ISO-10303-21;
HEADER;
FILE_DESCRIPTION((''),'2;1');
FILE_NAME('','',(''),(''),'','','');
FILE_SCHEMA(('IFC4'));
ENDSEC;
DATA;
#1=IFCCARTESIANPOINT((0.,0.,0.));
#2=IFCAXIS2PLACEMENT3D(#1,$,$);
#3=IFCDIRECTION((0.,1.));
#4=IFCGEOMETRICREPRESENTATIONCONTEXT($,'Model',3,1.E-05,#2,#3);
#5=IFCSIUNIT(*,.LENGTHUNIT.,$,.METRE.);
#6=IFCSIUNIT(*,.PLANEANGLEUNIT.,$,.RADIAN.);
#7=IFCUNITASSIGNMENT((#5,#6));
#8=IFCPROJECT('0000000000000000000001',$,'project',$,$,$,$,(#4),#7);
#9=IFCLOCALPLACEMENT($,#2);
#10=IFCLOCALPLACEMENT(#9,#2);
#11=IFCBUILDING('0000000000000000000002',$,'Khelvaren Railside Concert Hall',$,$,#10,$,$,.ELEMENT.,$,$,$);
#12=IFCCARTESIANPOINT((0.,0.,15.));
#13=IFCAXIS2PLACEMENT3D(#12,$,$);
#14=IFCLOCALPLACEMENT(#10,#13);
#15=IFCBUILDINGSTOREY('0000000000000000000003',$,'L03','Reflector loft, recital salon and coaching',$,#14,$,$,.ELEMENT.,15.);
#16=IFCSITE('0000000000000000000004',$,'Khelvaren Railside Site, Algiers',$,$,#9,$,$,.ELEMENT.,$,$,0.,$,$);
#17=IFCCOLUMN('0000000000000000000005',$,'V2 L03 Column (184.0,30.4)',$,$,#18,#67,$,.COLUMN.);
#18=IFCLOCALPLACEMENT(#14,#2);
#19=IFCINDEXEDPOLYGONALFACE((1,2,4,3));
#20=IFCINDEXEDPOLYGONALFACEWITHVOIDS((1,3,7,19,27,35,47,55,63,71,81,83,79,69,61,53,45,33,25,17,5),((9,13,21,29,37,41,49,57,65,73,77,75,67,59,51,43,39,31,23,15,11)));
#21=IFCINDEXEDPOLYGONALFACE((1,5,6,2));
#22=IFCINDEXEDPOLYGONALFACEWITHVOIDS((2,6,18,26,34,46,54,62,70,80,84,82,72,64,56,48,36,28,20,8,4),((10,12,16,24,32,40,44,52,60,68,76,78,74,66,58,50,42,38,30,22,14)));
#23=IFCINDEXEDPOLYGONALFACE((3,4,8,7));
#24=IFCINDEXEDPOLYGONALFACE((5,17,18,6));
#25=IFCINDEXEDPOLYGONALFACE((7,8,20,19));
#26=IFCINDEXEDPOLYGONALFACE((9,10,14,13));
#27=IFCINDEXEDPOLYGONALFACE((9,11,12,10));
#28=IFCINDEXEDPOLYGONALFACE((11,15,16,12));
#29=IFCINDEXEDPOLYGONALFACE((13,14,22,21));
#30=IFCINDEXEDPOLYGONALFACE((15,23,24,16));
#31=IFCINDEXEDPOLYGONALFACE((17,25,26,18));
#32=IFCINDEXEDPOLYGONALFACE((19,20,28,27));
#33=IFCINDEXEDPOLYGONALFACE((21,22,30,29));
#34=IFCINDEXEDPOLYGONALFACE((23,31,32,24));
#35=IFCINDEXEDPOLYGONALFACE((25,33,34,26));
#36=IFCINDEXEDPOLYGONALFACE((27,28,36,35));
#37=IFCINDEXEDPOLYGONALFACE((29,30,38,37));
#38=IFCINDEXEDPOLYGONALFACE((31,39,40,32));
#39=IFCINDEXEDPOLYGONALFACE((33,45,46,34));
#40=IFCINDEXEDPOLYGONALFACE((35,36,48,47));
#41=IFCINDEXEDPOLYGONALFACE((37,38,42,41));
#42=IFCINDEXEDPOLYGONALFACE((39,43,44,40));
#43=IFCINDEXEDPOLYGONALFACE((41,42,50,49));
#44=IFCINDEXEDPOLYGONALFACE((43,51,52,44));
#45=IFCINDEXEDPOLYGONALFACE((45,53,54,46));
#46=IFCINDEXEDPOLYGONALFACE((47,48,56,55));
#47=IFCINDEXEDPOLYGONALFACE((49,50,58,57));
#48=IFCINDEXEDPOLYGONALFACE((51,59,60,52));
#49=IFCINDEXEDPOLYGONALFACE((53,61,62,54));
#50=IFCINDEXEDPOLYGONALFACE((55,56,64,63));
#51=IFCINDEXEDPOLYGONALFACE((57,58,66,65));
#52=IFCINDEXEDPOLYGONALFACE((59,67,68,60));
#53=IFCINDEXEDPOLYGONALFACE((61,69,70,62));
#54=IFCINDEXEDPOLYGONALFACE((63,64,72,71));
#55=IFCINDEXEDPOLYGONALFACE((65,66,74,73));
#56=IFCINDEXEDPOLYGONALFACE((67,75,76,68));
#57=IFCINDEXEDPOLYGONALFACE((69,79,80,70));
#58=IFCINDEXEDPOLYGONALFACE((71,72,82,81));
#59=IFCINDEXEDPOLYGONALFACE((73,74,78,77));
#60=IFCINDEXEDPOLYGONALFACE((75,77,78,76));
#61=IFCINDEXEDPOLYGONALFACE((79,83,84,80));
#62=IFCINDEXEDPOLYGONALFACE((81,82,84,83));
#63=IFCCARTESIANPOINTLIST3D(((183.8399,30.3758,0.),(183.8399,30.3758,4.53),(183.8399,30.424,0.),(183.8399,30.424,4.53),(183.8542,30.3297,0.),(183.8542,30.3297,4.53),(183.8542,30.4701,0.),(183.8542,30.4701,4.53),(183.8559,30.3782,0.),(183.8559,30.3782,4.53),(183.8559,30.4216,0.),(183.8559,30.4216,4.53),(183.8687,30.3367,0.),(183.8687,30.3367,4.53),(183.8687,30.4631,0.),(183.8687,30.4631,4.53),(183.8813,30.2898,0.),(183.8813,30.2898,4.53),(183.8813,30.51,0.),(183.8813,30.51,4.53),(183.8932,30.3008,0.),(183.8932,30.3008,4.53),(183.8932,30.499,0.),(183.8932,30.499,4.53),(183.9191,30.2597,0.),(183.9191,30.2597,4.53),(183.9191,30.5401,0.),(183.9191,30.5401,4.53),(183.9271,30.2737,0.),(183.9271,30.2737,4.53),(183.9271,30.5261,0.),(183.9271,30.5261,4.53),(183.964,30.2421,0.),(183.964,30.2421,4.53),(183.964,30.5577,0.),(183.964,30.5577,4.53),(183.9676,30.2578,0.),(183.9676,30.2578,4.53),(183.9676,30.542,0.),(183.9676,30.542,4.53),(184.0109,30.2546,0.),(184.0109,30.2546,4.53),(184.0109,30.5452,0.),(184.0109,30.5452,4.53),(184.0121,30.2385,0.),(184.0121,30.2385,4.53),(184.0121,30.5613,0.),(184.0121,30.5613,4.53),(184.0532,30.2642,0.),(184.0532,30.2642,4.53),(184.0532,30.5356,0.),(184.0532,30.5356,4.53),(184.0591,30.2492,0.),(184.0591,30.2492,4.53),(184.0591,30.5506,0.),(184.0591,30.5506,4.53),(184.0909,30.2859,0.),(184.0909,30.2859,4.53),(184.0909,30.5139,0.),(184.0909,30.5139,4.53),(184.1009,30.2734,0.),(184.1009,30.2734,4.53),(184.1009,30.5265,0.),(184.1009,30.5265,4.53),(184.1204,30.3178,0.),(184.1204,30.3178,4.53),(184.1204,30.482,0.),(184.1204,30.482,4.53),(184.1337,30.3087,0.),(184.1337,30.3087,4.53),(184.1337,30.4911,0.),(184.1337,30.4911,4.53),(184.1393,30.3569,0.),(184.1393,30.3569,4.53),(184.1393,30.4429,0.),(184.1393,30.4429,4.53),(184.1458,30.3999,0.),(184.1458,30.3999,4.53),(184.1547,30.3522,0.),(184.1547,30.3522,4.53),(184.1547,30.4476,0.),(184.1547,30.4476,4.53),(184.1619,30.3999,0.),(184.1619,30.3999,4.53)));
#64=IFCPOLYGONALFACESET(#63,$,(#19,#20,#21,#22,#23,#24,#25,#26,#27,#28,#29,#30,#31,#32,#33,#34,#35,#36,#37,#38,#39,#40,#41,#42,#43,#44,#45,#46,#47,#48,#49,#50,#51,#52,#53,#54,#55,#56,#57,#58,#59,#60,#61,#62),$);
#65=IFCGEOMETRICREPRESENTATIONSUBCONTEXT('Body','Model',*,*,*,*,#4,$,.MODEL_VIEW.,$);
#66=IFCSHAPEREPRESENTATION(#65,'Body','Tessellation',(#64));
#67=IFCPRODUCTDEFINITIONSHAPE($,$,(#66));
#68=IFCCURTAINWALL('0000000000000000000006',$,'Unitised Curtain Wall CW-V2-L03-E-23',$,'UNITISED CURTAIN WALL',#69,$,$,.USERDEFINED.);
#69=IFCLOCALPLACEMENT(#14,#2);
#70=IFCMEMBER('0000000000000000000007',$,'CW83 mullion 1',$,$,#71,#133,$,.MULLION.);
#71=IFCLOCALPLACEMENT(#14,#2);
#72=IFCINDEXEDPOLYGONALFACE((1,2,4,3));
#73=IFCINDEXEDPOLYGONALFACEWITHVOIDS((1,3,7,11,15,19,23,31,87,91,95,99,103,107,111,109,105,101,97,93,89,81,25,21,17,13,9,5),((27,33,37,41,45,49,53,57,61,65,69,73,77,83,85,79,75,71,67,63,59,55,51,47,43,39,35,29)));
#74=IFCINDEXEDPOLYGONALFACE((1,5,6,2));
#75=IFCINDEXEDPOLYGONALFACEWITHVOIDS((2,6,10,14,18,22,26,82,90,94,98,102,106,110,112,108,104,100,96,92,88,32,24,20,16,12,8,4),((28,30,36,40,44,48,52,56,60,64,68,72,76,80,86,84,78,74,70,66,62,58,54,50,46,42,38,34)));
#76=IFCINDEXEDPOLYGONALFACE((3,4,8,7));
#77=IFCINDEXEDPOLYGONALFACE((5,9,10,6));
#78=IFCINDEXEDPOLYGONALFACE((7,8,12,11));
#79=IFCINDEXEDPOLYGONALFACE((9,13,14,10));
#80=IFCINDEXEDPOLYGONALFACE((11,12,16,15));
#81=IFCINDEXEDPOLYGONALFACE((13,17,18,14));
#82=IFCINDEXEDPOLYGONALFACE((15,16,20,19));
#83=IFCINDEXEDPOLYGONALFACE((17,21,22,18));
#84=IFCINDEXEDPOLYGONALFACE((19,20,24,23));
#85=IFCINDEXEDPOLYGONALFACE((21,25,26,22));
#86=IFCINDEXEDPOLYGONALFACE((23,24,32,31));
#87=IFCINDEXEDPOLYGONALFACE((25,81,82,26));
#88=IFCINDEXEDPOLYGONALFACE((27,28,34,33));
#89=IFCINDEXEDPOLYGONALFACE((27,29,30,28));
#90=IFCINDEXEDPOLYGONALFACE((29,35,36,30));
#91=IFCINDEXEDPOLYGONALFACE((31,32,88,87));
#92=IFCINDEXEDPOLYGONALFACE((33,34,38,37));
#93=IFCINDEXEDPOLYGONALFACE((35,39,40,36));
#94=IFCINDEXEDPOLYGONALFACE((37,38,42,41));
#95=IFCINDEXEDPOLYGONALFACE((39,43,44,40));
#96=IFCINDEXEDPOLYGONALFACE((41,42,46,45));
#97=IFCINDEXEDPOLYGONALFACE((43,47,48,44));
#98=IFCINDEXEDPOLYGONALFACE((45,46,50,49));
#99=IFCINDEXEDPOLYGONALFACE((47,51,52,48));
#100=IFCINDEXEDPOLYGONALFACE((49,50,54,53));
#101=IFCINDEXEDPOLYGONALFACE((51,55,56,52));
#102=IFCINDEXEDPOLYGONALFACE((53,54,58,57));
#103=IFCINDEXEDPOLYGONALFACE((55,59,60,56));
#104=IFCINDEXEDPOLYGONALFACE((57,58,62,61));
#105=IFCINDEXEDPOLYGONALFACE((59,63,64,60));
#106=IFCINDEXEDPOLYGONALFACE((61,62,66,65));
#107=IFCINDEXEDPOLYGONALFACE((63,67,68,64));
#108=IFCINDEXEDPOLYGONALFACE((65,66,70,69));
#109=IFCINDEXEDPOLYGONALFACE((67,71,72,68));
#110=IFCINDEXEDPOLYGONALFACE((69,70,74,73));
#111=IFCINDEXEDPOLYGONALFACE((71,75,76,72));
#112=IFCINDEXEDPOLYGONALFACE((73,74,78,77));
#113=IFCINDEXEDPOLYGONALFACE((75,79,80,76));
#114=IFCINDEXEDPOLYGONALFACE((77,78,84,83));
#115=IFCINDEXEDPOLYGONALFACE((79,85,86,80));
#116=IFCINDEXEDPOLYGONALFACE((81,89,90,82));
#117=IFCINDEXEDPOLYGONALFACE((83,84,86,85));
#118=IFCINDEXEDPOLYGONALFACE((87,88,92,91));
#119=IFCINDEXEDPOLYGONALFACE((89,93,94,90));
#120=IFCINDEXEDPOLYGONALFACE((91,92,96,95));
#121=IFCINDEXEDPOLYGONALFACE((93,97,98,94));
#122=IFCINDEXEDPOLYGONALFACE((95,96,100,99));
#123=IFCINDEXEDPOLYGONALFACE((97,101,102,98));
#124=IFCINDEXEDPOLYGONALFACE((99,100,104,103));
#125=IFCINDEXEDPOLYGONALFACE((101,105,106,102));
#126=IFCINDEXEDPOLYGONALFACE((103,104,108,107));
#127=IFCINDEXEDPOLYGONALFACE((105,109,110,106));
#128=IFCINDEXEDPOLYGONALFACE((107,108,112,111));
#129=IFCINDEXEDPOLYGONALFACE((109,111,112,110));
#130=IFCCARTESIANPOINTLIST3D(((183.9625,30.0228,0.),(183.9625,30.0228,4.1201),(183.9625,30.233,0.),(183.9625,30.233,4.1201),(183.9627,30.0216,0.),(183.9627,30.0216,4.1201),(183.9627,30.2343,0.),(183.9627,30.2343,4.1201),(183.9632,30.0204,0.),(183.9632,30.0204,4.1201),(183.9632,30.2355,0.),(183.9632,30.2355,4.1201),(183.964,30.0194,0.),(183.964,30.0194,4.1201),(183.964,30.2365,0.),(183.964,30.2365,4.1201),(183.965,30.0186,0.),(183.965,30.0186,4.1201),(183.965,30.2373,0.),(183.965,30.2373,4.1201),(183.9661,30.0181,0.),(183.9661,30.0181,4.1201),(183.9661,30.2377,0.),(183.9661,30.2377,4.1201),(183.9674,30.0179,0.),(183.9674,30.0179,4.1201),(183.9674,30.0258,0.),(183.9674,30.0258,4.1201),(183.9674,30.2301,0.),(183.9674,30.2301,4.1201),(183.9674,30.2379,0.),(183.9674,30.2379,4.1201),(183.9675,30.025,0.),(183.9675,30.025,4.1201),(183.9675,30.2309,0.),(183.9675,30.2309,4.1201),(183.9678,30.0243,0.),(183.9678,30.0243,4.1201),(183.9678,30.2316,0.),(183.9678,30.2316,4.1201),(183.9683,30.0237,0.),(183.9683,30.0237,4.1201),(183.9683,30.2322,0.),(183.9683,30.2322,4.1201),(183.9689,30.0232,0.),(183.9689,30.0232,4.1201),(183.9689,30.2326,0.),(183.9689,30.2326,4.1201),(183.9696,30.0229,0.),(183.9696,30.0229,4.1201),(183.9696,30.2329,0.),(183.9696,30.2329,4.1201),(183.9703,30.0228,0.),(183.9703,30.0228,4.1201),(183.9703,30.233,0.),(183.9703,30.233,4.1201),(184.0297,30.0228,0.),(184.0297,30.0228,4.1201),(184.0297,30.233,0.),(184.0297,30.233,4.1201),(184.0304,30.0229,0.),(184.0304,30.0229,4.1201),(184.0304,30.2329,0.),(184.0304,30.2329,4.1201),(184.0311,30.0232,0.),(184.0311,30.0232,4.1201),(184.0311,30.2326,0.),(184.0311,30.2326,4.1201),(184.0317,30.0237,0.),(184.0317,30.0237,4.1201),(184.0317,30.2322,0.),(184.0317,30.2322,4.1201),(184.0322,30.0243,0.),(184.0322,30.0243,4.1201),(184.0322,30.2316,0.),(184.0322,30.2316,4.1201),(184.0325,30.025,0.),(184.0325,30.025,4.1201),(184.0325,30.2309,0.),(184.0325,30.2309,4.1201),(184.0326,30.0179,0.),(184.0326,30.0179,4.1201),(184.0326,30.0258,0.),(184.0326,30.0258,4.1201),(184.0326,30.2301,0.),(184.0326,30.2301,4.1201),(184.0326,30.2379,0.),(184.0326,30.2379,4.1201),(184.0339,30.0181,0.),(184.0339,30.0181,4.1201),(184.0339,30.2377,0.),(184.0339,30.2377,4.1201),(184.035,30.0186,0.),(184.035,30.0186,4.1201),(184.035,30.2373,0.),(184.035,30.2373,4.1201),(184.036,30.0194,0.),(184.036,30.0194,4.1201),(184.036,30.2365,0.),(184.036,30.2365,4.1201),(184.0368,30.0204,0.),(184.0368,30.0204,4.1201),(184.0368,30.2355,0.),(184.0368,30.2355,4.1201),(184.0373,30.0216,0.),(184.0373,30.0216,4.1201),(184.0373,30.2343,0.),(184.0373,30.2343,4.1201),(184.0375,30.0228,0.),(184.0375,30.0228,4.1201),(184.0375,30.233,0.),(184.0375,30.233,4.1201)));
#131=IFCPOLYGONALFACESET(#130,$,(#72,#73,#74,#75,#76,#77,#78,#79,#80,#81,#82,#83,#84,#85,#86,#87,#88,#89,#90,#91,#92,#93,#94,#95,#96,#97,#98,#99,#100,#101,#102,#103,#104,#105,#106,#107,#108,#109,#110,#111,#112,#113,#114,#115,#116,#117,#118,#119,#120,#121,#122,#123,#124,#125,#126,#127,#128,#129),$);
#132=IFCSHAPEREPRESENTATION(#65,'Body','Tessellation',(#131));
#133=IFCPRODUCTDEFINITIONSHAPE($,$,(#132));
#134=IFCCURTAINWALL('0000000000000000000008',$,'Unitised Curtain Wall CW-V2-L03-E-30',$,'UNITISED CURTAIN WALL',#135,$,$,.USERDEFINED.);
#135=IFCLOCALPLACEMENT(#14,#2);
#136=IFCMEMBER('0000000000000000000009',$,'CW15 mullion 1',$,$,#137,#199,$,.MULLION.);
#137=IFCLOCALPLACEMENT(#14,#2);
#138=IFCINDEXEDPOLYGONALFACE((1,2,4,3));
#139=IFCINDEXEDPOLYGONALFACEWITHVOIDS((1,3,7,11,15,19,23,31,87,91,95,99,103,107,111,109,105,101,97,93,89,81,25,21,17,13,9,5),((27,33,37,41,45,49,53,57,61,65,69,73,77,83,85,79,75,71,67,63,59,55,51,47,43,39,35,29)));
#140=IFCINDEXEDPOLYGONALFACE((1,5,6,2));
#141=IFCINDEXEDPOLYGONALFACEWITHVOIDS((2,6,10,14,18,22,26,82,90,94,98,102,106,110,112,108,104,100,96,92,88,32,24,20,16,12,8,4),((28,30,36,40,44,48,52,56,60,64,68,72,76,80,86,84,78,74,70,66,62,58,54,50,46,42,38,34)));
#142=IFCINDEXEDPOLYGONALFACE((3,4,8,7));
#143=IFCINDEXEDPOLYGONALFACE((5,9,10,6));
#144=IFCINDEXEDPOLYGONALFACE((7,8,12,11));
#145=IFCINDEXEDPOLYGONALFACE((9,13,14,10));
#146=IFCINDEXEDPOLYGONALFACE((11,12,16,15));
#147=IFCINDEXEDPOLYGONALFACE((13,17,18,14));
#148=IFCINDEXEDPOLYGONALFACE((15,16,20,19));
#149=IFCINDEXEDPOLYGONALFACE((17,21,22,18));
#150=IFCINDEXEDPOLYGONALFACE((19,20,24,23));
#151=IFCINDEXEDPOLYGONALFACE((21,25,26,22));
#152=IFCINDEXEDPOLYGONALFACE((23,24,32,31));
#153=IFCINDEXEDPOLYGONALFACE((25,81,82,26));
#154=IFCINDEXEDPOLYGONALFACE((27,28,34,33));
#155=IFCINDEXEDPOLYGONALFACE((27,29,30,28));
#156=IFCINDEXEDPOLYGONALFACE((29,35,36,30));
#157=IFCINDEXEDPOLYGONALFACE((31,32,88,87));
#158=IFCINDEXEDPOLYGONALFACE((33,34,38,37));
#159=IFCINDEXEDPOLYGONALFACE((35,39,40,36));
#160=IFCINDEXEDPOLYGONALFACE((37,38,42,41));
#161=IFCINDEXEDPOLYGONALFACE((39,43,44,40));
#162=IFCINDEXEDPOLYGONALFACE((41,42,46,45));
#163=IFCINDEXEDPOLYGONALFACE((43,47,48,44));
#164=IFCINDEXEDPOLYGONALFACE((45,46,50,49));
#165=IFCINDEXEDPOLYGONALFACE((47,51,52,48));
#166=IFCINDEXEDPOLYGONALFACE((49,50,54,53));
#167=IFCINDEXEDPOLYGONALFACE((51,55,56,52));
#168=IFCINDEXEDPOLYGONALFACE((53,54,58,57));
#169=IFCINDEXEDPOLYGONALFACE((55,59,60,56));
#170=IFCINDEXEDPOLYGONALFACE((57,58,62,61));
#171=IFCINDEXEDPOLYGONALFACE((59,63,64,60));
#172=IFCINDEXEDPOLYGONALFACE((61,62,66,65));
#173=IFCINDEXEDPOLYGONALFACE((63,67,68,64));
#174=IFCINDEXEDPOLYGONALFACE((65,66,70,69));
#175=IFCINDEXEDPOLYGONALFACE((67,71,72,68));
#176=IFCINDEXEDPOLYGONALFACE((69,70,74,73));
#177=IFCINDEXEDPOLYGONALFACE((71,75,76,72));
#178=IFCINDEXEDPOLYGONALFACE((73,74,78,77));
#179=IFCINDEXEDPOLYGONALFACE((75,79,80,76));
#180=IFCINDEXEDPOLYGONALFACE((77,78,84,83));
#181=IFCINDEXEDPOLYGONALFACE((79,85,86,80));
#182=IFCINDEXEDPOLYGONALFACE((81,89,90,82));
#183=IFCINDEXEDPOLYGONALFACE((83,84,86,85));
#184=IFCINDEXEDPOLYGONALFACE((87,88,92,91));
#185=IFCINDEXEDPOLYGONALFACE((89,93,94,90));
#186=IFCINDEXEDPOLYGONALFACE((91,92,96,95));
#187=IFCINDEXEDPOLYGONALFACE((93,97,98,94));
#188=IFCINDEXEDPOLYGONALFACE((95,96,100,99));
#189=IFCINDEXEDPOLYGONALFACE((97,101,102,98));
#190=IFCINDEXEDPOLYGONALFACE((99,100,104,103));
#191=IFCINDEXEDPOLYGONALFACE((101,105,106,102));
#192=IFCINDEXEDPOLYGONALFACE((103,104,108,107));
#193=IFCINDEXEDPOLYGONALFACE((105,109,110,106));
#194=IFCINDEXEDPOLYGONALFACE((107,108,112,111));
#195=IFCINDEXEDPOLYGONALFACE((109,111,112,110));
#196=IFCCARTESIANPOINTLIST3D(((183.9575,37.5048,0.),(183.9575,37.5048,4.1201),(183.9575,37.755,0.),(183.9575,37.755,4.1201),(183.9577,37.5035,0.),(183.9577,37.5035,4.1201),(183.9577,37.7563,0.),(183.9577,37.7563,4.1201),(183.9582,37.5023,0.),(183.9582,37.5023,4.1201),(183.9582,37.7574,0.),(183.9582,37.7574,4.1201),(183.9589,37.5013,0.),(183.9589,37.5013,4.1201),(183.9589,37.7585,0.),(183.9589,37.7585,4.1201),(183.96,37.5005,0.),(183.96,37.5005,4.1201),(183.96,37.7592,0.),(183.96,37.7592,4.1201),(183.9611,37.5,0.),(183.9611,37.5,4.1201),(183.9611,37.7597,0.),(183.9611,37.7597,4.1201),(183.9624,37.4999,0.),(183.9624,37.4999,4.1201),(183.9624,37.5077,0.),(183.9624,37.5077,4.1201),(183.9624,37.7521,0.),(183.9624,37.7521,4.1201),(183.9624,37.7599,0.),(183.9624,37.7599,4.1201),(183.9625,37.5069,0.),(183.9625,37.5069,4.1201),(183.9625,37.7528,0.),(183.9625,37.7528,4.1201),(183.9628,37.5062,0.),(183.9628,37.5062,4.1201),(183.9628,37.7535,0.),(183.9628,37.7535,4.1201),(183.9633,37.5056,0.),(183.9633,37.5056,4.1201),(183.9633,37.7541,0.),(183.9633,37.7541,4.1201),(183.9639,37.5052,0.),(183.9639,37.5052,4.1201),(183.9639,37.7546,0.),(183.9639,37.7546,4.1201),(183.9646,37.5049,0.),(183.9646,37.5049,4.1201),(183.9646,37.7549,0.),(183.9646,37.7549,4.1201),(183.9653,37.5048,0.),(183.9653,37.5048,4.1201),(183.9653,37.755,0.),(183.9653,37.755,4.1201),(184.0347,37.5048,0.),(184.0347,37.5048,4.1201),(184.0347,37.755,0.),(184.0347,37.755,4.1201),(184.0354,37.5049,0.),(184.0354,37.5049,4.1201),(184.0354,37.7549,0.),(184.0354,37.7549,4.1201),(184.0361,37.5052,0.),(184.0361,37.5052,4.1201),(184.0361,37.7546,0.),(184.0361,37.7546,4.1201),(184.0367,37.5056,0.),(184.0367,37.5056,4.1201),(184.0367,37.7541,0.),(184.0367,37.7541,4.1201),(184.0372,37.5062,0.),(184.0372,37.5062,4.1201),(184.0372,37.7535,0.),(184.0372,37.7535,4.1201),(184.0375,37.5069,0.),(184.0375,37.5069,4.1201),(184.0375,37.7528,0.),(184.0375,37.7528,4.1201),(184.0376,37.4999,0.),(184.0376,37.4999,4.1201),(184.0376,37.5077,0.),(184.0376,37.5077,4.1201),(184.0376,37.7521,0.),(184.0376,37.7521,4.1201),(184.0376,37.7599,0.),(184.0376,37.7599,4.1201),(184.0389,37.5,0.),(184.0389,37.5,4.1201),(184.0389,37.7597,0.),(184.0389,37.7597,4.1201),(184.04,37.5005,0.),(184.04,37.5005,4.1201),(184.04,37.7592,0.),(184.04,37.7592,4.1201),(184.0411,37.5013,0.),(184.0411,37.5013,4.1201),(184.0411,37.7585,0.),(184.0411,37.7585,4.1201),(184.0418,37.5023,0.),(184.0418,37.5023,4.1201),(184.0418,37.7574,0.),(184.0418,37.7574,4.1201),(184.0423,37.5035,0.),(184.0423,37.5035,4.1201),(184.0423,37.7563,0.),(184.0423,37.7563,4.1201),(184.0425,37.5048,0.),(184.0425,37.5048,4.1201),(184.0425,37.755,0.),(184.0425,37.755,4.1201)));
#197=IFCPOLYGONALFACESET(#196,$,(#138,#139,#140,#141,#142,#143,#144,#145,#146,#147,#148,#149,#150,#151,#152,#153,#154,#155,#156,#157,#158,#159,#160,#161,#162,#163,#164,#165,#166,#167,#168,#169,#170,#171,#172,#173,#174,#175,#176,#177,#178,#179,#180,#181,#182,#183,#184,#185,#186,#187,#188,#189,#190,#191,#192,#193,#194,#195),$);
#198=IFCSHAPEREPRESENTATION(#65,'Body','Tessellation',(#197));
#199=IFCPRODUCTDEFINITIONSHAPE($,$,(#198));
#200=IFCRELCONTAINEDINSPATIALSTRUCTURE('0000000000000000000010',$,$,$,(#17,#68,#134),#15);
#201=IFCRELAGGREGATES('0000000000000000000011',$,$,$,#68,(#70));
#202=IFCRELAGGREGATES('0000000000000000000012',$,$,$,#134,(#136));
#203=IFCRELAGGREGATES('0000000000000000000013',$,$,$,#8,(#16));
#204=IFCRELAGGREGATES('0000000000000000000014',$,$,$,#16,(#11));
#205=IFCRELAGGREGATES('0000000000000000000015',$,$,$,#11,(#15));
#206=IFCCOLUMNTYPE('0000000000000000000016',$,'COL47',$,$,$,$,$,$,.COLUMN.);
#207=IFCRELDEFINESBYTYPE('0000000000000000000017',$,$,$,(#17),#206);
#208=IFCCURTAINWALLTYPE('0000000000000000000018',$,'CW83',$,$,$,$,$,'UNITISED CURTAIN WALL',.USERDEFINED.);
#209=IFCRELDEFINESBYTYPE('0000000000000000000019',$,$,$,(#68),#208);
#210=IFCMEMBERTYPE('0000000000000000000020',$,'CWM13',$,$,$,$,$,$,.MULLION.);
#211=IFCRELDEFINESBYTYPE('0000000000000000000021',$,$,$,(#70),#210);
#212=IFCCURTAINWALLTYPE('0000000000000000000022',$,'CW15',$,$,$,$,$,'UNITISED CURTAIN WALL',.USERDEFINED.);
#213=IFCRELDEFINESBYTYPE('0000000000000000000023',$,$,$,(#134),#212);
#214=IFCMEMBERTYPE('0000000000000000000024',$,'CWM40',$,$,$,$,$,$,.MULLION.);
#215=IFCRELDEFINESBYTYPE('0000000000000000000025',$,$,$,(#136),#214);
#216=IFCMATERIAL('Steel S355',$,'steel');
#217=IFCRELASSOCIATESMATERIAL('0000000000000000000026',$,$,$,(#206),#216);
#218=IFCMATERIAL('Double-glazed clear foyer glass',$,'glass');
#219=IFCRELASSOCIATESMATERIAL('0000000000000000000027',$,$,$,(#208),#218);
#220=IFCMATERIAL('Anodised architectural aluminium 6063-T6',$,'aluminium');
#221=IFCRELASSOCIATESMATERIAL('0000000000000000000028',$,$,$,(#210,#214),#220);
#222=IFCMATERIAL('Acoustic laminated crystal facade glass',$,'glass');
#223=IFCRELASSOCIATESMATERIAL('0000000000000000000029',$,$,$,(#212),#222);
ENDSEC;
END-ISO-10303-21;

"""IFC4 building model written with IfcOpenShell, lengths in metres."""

from ifc_helpers import new_model, si_unit, direction, frame, origin, origin_2d, place, context, subcontext, project, spatial, hollow_rectangle, hollow_circle, extrude, material, material_profile, profile_set, type_object, element, aggregate, save


model = new_model("IFC4")

# Units and contexts
model_context = context("Model", 3, precision=1e-05, world=origin(), true_north=direction((0.0, 1.0)))
body_context = subcontext(model_context, "Body", "Model", "MODEL_VIEW")
ifc_project = project(units=[si_unit("LENGTHUNIT", "METRE"), si_unit("PLANEANGLEUNIT", "RADIAN")], contexts=[model_context])

# Site, building, storey
site_placement = place(None, origin())
site = spatial("IfcSite", under=ifc_project, at=site_placement, Name="Khelvaren Railside Site, Algiers", CompositionType="ELEMENT", RefElevation=0.0)
building_placement = place(site_placement, origin())
building = spatial("IfcBuilding", under=site, at=building_placement, Name="Khelvaren Railside Concert Hall", CompositionType="ELEMENT")
storey_placement = place(building_placement, frame((0.0, 0.0, 15.0)))
storey = spatial("IfcBuildingStorey", under=building, at=storey_placement, Name="L03", Description="Reflector loft, recital salon and coaching", CompositionType="ELEMENT", Elevation=15.0)

# Column
ifc_material_1 = material(Name="Steel S355", Category="steel")
ifc_material_profile_1 = material_profile(ifc_material_1, hollow_circle(Radius=0.1619, WallThickness=0.0161, at=origin_2d()), Name="CHS 323.9x16")
ifc_profile_set_1 = profile_set([ifc_material_profile_1], Name="Steel S355")
column_type = type_object("IfcColumnType", Name="COL47", PredefinedType="COLUMN", material=ifc_profile_set_1)
column_placement = place(storey_placement, frame((184.0, 30.3999, 0.0), z_axis=(0.0, 0.0, 1.0), x_axis=(1.0, 0.0, 0.0)))
element("IfcColumn", 1, at=column_placement, inside=storey, type_object=column_type, Name="V2 L03 Column (184.0,30.4)", PredefinedType="COLUMN", context=body_context, shape_type="SweptSolid", body=[
    extrude(hollow_circle(Radius=0.1619, WallThickness=0.0161, at=origin_2d()), origin(), (0.0, 0.0, 1.0), 4.53),
])

# Curtain wall, member
ifc_material_2 = material(Name="Double-glazed clear foyer glass", Category="glass")
curtain_wall_type_1 = type_object("IfcCurtainWallType", Name="CW83", ElementType="UNITISED CURTAIN WALL", PredefinedType="USERDEFINED", material=ifc_material_2)
curtain_wall_1_placement = place(storey_placement, origin())
curtain_wall_1 = element("IfcCurtainWall", 2, at=curtain_wall_1_placement, inside=storey, type_object=curtain_wall_type_1, Name="Unitised Curtain Wall CW-V2-L03-E-23", ObjectType="UNITISED CURTAIN WALL", PredefinedType="USERDEFINED")
ifc_material_3 = material(Name="Anodised architectural aluminium 6063-T6", Category="aluminium")
ifc_material_profile_2 = material_profile(ifc_material_3, hollow_rectangle(XDim=0.075, YDim=0.22, WallThickness=0.0049, InnerFilletRadius=0.0029, OuterFilletRadius=0.0049, at=origin_2d()), Name="CWM 75x220x5")
ifc_profile_set_2 = profile_set([ifc_material_profile_2], Name="Anodised architectural aluminium 6063-T6")
member_type_1 = type_object("IfcMemberType", Name="CWM13", PredefinedType="MULLION", material=ifc_profile_set_2)
member_1_placement = place(storey_placement, frame((184.0, 30.1279, 0.0), z_axis=(0.0, 0.0, 1.0), x_axis=(1.0, 0.0, 0.0)))
member_1 = element("IfcMember", 3, at=member_1_placement, type_object=member_type_1, Name="CW83 mullion 1", PredefinedType="MULLION", context=body_context, shape_type="SweptSolid", body=[
    extrude(hollow_rectangle(XDim=0.075, YDim=0.22, WallThickness=0.0049, InnerFilletRadius=0.0029, OuterFilletRadius=0.0049, at=origin_2d()), origin(), (0.0, 0.0, 1.0), 4.1201),
])

# Curtain wall, member
ifc_material_4 = material(Name="Acoustic laminated crystal facade glass", Category="glass")
curtain_wall_type_2 = type_object("IfcCurtainWallType", Name="CW15", ElementType="UNITISED CURTAIN WALL", PredefinedType="USERDEFINED", material=ifc_material_4)
curtain_wall_2_placement = place(storey_placement, origin())
curtain_wall_2 = element("IfcCurtainWall", 4, at=curtain_wall_2_placement, inside=storey, type_object=curtain_wall_type_2, Name="Unitised Curtain Wall CW-V2-L03-E-30", ObjectType="UNITISED CURTAIN WALL", PredefinedType="USERDEFINED")
ifc_material_profile_3 = material_profile(ifc_material_3, hollow_rectangle(XDim=0.085, YDim=0.26, WallThickness=0.0049, InnerFilletRadius=0.0029, OuterFilletRadius=0.0049, at=origin_2d()), Name="CWM 85x260x5")
ifc_profile_set_3 = profile_set([ifc_material_profile_3], Name="Anodised architectural aluminium 6063-T6")
member_type_2 = type_object("IfcMemberType", Name="CWM40", PredefinedType="MULLION", material=ifc_profile_set_3)
member_2_placement = place(storey_placement, frame((184.0, 37.6299, 0.0), z_axis=(0.0, 0.0, 1.0), x_axis=(1.0, 0.0, 0.0)))
member_2 = element("IfcMember", 5, at=member_2_placement, type_object=member_type_2, Name="CW15 mullion 1", PredefinedType="MULLION", context=body_context, shape_type="SweptSolid", body=[
    extrude(hollow_rectangle(XDim=0.085, YDim=0.26, WallThickness=0.0049, InnerFilletRadius=0.0029, OuterFilletRadius=0.0049, at=origin_2d()), origin(), (0.0, 0.0, 1.0), 4.1201),
])

aggregate(curtain_wall_1, [member_1])

aggregate(curtain_wall_2, [member_2])

save(model, "model.ifc")
